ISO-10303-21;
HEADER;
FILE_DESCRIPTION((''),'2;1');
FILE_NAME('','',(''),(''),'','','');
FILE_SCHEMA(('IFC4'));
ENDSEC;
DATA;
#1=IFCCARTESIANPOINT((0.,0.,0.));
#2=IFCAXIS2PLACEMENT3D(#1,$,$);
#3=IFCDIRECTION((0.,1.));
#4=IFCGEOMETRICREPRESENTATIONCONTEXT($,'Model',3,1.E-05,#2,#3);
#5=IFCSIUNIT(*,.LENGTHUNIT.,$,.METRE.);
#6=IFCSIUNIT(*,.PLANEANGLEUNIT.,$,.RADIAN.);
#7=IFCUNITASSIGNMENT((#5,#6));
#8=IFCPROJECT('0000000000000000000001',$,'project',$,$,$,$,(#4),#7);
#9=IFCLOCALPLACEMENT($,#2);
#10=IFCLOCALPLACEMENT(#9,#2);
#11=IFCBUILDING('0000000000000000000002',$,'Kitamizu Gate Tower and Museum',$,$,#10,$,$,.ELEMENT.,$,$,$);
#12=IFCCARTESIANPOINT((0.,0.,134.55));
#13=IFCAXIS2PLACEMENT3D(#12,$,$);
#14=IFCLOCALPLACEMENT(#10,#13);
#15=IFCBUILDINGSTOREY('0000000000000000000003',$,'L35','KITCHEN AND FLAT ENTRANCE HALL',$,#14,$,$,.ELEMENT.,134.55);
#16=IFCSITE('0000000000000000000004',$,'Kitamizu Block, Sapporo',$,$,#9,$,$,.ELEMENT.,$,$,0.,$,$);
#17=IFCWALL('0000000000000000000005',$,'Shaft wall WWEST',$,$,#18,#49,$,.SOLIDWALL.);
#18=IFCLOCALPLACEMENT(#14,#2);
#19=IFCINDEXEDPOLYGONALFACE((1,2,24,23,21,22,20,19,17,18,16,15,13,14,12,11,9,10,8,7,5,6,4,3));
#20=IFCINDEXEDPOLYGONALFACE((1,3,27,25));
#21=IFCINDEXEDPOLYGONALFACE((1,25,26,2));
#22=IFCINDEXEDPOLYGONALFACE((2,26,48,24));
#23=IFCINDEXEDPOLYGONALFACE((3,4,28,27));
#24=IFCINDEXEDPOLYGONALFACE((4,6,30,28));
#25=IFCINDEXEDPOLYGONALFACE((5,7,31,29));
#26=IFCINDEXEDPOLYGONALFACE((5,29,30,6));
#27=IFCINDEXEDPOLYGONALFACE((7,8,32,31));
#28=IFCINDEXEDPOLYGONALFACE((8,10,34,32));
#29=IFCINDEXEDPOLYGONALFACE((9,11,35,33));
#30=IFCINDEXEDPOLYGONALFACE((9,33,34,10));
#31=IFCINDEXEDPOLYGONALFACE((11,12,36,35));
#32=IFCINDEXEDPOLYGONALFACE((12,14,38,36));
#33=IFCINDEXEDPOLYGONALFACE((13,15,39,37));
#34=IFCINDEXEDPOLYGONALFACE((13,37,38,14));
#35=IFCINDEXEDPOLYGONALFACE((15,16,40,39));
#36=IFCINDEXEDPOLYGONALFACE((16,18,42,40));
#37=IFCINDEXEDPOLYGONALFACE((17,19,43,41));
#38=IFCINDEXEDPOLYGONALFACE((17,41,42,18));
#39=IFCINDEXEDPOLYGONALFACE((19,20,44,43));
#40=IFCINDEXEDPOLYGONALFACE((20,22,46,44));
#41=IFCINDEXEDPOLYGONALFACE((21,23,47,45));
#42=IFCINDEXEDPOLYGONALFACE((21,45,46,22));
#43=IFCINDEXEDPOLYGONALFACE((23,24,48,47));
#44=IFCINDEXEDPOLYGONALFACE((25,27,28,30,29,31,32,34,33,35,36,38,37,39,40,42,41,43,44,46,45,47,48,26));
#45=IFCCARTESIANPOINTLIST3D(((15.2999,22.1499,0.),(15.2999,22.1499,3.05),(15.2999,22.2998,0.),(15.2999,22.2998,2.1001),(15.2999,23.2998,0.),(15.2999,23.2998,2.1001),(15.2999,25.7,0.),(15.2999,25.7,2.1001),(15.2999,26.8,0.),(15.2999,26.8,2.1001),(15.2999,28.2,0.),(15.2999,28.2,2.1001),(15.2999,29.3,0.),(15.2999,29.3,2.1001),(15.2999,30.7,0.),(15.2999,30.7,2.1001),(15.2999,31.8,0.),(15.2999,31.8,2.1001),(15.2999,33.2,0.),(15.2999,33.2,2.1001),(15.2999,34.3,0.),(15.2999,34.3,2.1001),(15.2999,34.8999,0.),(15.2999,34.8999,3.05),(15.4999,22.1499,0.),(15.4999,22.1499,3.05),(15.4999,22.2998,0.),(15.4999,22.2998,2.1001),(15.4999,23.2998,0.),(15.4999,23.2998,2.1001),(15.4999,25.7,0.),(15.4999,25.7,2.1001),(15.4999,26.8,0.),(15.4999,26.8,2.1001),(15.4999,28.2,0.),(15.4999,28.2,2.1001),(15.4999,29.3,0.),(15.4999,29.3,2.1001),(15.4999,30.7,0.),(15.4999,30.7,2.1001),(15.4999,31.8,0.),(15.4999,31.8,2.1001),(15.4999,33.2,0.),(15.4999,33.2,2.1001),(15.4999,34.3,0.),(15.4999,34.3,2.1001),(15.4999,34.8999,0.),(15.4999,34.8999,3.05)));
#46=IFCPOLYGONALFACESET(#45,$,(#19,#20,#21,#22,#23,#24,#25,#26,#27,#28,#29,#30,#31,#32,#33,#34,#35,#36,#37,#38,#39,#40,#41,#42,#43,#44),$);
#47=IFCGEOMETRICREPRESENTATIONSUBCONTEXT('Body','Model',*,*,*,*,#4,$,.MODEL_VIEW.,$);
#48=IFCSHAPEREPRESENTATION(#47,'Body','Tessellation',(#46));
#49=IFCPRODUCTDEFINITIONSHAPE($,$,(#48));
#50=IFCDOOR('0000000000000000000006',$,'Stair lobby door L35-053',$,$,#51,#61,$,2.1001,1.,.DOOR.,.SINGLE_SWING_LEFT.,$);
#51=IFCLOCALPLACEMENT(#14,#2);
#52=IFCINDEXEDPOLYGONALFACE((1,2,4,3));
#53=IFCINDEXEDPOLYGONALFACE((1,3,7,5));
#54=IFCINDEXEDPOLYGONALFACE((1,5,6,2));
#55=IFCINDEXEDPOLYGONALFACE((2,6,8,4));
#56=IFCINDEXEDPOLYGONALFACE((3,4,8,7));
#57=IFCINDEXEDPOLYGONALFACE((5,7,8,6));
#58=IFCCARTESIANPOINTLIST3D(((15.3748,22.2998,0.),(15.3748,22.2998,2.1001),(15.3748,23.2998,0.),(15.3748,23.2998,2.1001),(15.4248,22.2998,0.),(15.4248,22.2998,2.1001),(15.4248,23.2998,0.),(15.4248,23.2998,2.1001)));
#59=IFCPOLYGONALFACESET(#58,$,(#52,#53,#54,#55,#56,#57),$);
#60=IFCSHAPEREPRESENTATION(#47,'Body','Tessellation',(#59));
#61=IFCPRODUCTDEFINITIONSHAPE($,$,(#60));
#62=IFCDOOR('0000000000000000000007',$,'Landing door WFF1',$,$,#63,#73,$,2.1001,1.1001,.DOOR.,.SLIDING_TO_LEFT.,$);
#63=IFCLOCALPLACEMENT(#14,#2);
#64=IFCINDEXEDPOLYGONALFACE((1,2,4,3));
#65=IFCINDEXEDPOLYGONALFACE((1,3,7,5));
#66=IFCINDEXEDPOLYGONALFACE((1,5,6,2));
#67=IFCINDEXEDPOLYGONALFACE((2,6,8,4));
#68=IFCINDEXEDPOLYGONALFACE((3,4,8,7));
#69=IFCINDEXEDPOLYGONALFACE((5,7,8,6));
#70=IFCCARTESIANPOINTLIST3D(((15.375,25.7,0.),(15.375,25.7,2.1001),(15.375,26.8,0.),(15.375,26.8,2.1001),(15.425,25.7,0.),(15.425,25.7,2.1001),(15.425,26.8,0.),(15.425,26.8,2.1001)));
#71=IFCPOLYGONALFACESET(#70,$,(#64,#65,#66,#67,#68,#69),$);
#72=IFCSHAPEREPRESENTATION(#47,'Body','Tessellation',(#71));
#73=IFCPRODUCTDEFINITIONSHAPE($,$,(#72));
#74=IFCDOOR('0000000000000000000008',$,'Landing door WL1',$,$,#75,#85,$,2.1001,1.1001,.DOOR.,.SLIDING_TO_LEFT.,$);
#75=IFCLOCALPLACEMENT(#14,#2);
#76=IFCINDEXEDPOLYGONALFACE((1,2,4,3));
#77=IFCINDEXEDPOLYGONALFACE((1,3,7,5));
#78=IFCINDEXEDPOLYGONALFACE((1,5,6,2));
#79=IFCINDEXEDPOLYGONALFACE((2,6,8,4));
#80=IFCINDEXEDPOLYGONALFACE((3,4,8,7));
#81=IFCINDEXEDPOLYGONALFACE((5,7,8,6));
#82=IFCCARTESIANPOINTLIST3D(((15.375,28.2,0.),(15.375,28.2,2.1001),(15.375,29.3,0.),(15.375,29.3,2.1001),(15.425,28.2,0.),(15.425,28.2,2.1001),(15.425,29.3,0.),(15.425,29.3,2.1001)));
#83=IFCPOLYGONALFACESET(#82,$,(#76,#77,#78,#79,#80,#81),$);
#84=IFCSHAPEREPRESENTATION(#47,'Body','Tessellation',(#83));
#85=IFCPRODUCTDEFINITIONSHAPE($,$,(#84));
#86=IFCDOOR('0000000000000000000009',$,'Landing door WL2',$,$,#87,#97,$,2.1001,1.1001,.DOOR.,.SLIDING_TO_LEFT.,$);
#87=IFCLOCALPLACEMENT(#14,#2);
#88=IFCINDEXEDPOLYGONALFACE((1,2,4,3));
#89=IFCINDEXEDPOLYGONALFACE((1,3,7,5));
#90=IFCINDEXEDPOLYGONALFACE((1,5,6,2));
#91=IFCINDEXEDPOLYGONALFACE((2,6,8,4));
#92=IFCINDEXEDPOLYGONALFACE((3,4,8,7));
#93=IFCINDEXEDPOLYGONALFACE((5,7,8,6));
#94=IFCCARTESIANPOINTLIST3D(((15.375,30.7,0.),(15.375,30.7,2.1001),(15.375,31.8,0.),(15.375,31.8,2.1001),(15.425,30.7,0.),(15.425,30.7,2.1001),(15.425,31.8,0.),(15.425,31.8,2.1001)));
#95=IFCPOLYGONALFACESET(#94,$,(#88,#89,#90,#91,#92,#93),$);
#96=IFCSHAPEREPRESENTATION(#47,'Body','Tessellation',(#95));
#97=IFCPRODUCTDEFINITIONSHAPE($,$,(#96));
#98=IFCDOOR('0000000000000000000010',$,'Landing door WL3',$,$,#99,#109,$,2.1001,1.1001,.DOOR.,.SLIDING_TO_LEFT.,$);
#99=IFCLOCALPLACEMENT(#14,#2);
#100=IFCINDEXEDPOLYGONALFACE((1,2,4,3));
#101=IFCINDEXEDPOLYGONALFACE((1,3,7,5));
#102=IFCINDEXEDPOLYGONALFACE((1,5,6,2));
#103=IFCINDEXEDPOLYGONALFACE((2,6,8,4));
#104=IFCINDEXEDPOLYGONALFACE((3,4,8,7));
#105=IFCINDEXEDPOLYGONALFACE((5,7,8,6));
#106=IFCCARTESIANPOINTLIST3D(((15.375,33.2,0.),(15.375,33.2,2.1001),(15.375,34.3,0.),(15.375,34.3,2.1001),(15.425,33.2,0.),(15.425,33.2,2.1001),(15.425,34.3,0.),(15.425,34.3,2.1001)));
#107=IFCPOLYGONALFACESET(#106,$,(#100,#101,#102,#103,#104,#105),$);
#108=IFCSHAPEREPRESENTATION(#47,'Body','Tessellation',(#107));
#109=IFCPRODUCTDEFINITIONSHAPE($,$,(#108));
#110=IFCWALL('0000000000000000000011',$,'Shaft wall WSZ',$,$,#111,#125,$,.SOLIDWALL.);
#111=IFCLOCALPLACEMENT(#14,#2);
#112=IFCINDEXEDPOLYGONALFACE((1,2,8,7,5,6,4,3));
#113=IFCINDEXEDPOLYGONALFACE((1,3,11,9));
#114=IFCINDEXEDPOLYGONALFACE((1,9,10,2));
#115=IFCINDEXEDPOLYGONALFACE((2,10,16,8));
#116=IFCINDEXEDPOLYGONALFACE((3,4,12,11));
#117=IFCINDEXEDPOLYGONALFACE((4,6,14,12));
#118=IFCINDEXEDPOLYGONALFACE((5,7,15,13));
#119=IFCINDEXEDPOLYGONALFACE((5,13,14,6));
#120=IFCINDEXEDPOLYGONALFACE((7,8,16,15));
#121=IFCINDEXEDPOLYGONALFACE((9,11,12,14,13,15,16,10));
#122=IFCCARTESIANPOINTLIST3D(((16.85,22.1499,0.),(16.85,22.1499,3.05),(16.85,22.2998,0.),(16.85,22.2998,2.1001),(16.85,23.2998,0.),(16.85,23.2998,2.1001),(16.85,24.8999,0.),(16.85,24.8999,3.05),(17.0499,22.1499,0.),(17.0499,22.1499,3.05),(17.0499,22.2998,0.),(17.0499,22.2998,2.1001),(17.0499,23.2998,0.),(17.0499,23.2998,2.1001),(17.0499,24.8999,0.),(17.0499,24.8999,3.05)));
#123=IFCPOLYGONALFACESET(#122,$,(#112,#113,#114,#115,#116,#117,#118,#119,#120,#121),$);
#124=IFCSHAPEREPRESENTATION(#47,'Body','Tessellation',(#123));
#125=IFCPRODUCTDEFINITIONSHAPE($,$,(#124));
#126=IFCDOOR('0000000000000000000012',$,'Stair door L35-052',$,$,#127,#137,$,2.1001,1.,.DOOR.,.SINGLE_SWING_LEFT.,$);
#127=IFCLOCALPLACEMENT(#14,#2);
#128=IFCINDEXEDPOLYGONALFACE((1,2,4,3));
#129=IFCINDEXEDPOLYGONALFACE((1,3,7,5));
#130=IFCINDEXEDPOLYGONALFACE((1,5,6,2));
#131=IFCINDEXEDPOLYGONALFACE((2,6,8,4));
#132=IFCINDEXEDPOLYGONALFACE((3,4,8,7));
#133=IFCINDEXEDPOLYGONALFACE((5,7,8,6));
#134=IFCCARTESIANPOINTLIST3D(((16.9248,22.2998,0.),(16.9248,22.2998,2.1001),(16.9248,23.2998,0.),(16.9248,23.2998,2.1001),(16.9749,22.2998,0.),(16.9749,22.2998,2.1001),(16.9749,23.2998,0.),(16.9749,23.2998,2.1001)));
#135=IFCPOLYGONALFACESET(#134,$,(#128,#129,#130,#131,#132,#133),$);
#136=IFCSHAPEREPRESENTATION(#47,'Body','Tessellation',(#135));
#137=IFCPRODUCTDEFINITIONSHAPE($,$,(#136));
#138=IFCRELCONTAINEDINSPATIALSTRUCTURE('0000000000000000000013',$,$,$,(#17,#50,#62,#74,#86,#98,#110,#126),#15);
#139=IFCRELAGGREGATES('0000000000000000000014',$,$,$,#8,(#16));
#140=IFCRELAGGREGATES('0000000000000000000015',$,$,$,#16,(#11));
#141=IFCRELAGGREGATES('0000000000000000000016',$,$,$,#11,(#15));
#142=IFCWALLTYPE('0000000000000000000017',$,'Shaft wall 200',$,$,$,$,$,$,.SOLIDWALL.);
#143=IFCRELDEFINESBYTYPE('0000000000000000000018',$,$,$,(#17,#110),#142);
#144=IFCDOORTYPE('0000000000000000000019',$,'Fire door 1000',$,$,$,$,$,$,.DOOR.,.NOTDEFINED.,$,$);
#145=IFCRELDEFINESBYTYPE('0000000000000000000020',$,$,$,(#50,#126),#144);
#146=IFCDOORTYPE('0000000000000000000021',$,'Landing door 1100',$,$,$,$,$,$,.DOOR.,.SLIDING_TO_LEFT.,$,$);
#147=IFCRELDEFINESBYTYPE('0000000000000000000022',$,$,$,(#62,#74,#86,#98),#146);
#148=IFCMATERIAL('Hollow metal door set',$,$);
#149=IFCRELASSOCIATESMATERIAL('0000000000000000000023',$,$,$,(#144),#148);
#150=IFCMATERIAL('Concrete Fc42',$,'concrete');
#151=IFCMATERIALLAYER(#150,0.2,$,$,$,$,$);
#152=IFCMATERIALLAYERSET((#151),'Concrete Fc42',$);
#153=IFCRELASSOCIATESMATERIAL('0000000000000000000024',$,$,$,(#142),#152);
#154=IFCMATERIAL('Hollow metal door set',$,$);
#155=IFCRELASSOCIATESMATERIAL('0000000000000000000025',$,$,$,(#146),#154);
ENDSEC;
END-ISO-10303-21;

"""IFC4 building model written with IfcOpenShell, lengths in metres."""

from ifc_helpers import new_model, si_unit, direction, frame, frame_2d, origin, place, context, subcontext, project, spatial, rectangle, extrude, material, layer, layer_set, type_object, element, fill, save


model = new_model("IFC4")

# Units and contexts
model_context = context("Model", 3, precision=1e-05, world=origin(), true_north=direction((0.0, 1.0)))
body_context = subcontext(model_context, "Body", "Model", "MODEL_VIEW")
ifc_project = project(units=[si_unit("LENGTHUNIT", "METRE"), si_unit("PLANEANGLEUNIT", "RADIAN")], contexts=[model_context])

# Site, building, storey
site_placement = place(None, origin())
site = spatial("IfcSite", under=ifc_project, at=site_placement, Name="Kitamizu Block, Sapporo", CompositionType="ELEMENT", RefElevation=0.0)
building_placement = place(site_placement, origin())
building = spatial("IfcBuilding", under=site, at=building_placement, Name="Kitamizu Gate Tower and Museum", CompositionType="ELEMENT")
storey_placement = place(building_placement, frame((0.0, 0.0, 134.55)))
storey = spatial("IfcBuildingStorey", under=building, at=storey_placement, Name="L35", Description="KITCHEN AND FLAT ENTRANCE HALL", CompositionType="ELEMENT", Elevation=134.55)

# Shared definitions
ifc_material_1 = material(Name="Hollow metal door set")
door_type_1 = type_object("IfcDoorType", Name="Fire door 1000", OperationType="NOTDEFINED", PredefinedType="DOOR", material=ifc_material_1)

# Wall, openings, doors
ifc_material_2 = material(Name="Concrete Fc42", Category="concrete")
ifc_layer_1 = layer(ifc_material_2, 0.2)
ifc_layer_set_1 = layer_set([ifc_layer_1], Name="Concrete Fc42")
wall_type_1 = type_object("IfcWallType", Name="Shaft wall 200", PredefinedType="SOLIDWALL", material=ifc_layer_set_1)
wall_1_placement = place(storey_placement, frame((15.3999, 22.1499, 0.0), z_axis=(0.0, 0.0, 1.0), x_axis=(0.0, 1.0, 0.0)))
wall_1 = element("IfcWall", 1, at=wall_1_placement, inside=storey, type_object=wall_type_1, Name="Shaft wall WWEST", PredefinedType="SOLIDWALL", context=body_context, shape_type="SweptSolid", body=[
    extrude(rectangle(XDim=12.75, YDim=0.2, at=frame_2d((6.375, 0.0))), origin(), (0.0, 0.0, 1.0), 3.05),
])
opening_1_placement = place(wall_1_placement, frame((3.55, 0.0, 0.0)))
opening_1 = element("IfcOpeningElement", 2, at=opening_1_placement, cuts=wall_1, PredefinedType="OPENING", context=body_context, shape_type="SweptSolid", body=[
    extrude(rectangle(XDim=1.1001, YDim=2.1001, at=frame_2d((0.55, 1.05))), frame((0.0, 0.1099, 0.0), z_axis=(0.0, -1.0, 0.0), x_axis=(1.0, 0.0, 0.0)), (0.0, 0.0, 1.0), 0.22),
])
opening_2_placement = place(wall_1_placement, frame((6.05, 0.0, 0.0)))
opening_2 = element("IfcOpeningElement", 3, at=opening_2_placement, cuts=wall_1, PredefinedType="OPENING", context=body_context, shape_type="SweptSolid", body=[
    extrude(rectangle(XDim=1.1001, YDim=2.1001, at=frame_2d((0.55, 1.05))), frame((0.0, 0.1099, 0.0), z_axis=(0.0, -1.0, 0.0), x_axis=(1.0, 0.0, 0.0)), (0.0, 0.0, 1.0), 0.22),
])
opening_3_placement = place(wall_1_placement, frame((8.55, 0.0, 0.0)))
opening_3 = element("IfcOpeningElement", 4, at=opening_3_placement, cuts=wall_1, PredefinedType="OPENING", context=body_context, shape_type="SweptSolid", body=[
    extrude(rectangle(XDim=1.1001, YDim=2.1001, at=frame_2d((0.55, 1.05))), frame((0.0, 0.1099, 0.0), z_axis=(0.0, -1.0, 0.0), x_axis=(1.0, 0.0, 0.0)), (0.0, 0.0, 1.0), 0.22),
])
opening_4_placement = place(wall_1_placement, frame((11.05, 0.0, 0.0)))
opening_4 = element("IfcOpeningElement", 5, at=opening_4_placement, cuts=wall_1, PredefinedType="OPENING", context=body_context, shape_type="SweptSolid", body=[
    extrude(rectangle(XDim=1.1001, YDim=2.1001, at=frame_2d((0.55, 1.05))), frame((0.0, 0.1099, 0.0), z_axis=(0.0, -1.0, 0.0), x_axis=(1.0, 0.0, 0.0)), (0.0, 0.0, 1.0), 0.22),
])
opening_5_placement = place(wall_1_placement, frame((0.1499, 0.0, 0.0)))
opening_5 = element("IfcOpeningElement", 6, at=opening_5_placement, cuts=wall_1, PredefinedType="OPENING", context=body_context, shape_type="SweptSolid", body=[
    extrude(rectangle(XDim=1.0, YDim=2.1001, at=frame_2d((0.5, 1.05))), frame((0.0, 0.1099, 0.0), z_axis=(0.0, -1.0, 0.0), x_axis=(1.0, 0.0, 0.0)), (0.0, 0.0, 1.0), 0.22),
])
door_1_placement = place(opening_5_placement, frame((1.0, 0.0, 0.0), x_axis=(-1.0, 0.0, 0.0)))
door_1 = element("IfcDoor", 7, at=door_1_placement, inside=storey, type_object=door_type_1, Name="Stair lobby door L35-053", OperationType="SINGLE_SWING_LEFT", OverallHeight=2.1001, OverallWidth=1.0, PredefinedType="DOOR", context=body_context, shape_type="SweptSolid", body=[
    extrude(rectangle(XDim=1.0, YDim=2.1001, at=frame_2d((0.5, 1.05))), frame((0.0, 0.0249, 0.0), z_axis=(0.0, -1.0, 0.0), x_axis=(1.0, 0.0, 0.0)), (0.0, 0.0, 1.0), 0.05),
])
fill(opening_5, door_1)
ifc_material_3 = material(Name="Hollow metal door set")
door_type_2 = type_object("IfcDoorType", Name="Landing door 1100", OperationType="SLIDING_TO_LEFT", PredefinedType="DOOR", material=ifc_material_3)
door_2_placement = place(opening_1_placement, origin())
door_2 = element("IfcDoor", 8, at=door_2_placement, inside=storey, type_object=door_type_2, Name="Landing door WFF1", OperationType="SLIDING_TO_LEFT", OverallHeight=2.1001, OverallWidth=1.1001, PredefinedType="DOOR", context=body_context, shape_type="SweptSolid", body=[
    extrude(rectangle(XDim=1.1001, YDim=2.1001, at=frame_2d((0.55, 1.05))), frame((0.0, 0.0249, 0.0), z_axis=(0.0, -1.0, 0.0), x_axis=(1.0, 0.0, 0.0)), (0.0, 0.0, 1.0), 0.05),
])
fill(opening_1, door_2)
door_3_placement = place(opening_2_placement, origin())
door_3 = element("IfcDoor", 9, at=door_3_placement, inside=storey, type_object=door_type_2, Name="Landing door WL1", OperationType="SLIDING_TO_LEFT", OverallHeight=2.1001, OverallWidth=1.1001, PredefinedType="DOOR", context=body_context, shape_type="SweptSolid", body=[
    extrude(rectangle(XDim=1.1001, YDim=2.1001, at=frame_2d((0.55, 1.05))), frame((0.0, 0.0249, 0.0), z_axis=(0.0, -1.0, 0.0), x_axis=(1.0, 0.0, 0.0)), (0.0, 0.0, 1.0), 0.05),
])
fill(opening_2, door_3)
door_4_placement = place(opening_3_placement, origin())
door_4 = element("IfcDoor", 10, at=door_4_placement, inside=storey, type_object=door_type_2, Name="Landing door WL2", OperationType="SLIDING_TO_LEFT", OverallHeight=2.1001, OverallWidth=1.1001, PredefinedType="DOOR", context=body_context, shape_type="SweptSolid", body=[
    extrude(rectangle(XDim=1.1001, YDim=2.1001, at=frame_2d((0.55, 1.05))), frame((0.0, 0.0249, 0.0), z_axis=(0.0, -1.0, 0.0), x_axis=(1.0, 0.0, 0.0)), (0.0, 0.0, 1.0), 0.05),
])
fill(opening_3, door_4)
door_5_placement = place(opening_4_placement, origin())
door_5 = element("IfcDoor", 11, at=door_5_placement, inside=storey, type_object=door_type_2, Name="Landing door WL3", OperationType="SLIDING_TO_LEFT", OverallHeight=2.1001, OverallWidth=1.1001, PredefinedType="DOOR", context=body_context, shape_type="SweptSolid", body=[
    extrude(rectangle(XDim=1.1001, YDim=2.1001, at=frame_2d((0.55, 1.05))), frame((0.0, 0.0249, 0.0), z_axis=(0.0, -1.0, 0.0), x_axis=(1.0, 0.0, 0.0)), (0.0, 0.0, 1.0), 0.05),
])
fill(opening_4, door_5)

# Wall, opening, door
wall_2_placement = place(storey_placement, frame((16.95, 22.1499, 0.0), z_axis=(0.0, 0.0, 1.0), x_axis=(0.0, 1.0, 0.0)))
wall_2 = element("IfcWall", 12, at=wall_2_placement, inside=storey, type_object=wall_type_1, Name="Shaft wall WSZ", PredefinedType="SOLIDWALL", context=body_context, shape_type="SweptSolid", body=[
    extrude(rectangle(XDim=2.75, YDim=0.2, at=frame_2d((1.375, 0.0))), origin(), (0.0, 0.0, 1.0), 3.05),
])
opening_6_placement = place(wall_2_placement, frame((0.1499, 0.0, 0.0)))
opening_6 = element("IfcOpeningElement", 13, at=opening_6_placement, cuts=wall_2, PredefinedType="OPENING", context=body_context, shape_type="SweptSolid", body=[
    extrude(rectangle(XDim=1.0, YDim=2.1001, at=frame_2d((0.5, 1.05))), frame((0.0, 0.1099, 0.0), z_axis=(0.0, -1.0, 0.0), x_axis=(1.0, 0.0, 0.0)), (0.0, 0.0, 1.0), 0.22),
])
door_6_placement = place(opening_6_placement, frame((1.0, 0.0, 0.0), x_axis=(-1.0, 0.0, 0.0)))
door_6 = element("IfcDoor", 14, at=door_6_placement, inside=storey, type_object=door_type_1, Name="Stair door L35-052", OperationType="SINGLE_SWING_LEFT", OverallHeight=2.1001, OverallWidth=1.0, PredefinedType="DOOR", context=body_context, shape_type="SweptSolid", body=[
    extrude(rectangle(XDim=1.0, YDim=2.1001, at=frame_2d((0.5, 1.05))), frame((0.0, 0.0249, 0.0), z_axis=(0.0, -1.0, 0.0), x_axis=(1.0, 0.0, 0.0)), (0.0, 0.0, 1.0), 0.05),
])
fill(opening_6, door_6)

save(model, "model.ifc")
